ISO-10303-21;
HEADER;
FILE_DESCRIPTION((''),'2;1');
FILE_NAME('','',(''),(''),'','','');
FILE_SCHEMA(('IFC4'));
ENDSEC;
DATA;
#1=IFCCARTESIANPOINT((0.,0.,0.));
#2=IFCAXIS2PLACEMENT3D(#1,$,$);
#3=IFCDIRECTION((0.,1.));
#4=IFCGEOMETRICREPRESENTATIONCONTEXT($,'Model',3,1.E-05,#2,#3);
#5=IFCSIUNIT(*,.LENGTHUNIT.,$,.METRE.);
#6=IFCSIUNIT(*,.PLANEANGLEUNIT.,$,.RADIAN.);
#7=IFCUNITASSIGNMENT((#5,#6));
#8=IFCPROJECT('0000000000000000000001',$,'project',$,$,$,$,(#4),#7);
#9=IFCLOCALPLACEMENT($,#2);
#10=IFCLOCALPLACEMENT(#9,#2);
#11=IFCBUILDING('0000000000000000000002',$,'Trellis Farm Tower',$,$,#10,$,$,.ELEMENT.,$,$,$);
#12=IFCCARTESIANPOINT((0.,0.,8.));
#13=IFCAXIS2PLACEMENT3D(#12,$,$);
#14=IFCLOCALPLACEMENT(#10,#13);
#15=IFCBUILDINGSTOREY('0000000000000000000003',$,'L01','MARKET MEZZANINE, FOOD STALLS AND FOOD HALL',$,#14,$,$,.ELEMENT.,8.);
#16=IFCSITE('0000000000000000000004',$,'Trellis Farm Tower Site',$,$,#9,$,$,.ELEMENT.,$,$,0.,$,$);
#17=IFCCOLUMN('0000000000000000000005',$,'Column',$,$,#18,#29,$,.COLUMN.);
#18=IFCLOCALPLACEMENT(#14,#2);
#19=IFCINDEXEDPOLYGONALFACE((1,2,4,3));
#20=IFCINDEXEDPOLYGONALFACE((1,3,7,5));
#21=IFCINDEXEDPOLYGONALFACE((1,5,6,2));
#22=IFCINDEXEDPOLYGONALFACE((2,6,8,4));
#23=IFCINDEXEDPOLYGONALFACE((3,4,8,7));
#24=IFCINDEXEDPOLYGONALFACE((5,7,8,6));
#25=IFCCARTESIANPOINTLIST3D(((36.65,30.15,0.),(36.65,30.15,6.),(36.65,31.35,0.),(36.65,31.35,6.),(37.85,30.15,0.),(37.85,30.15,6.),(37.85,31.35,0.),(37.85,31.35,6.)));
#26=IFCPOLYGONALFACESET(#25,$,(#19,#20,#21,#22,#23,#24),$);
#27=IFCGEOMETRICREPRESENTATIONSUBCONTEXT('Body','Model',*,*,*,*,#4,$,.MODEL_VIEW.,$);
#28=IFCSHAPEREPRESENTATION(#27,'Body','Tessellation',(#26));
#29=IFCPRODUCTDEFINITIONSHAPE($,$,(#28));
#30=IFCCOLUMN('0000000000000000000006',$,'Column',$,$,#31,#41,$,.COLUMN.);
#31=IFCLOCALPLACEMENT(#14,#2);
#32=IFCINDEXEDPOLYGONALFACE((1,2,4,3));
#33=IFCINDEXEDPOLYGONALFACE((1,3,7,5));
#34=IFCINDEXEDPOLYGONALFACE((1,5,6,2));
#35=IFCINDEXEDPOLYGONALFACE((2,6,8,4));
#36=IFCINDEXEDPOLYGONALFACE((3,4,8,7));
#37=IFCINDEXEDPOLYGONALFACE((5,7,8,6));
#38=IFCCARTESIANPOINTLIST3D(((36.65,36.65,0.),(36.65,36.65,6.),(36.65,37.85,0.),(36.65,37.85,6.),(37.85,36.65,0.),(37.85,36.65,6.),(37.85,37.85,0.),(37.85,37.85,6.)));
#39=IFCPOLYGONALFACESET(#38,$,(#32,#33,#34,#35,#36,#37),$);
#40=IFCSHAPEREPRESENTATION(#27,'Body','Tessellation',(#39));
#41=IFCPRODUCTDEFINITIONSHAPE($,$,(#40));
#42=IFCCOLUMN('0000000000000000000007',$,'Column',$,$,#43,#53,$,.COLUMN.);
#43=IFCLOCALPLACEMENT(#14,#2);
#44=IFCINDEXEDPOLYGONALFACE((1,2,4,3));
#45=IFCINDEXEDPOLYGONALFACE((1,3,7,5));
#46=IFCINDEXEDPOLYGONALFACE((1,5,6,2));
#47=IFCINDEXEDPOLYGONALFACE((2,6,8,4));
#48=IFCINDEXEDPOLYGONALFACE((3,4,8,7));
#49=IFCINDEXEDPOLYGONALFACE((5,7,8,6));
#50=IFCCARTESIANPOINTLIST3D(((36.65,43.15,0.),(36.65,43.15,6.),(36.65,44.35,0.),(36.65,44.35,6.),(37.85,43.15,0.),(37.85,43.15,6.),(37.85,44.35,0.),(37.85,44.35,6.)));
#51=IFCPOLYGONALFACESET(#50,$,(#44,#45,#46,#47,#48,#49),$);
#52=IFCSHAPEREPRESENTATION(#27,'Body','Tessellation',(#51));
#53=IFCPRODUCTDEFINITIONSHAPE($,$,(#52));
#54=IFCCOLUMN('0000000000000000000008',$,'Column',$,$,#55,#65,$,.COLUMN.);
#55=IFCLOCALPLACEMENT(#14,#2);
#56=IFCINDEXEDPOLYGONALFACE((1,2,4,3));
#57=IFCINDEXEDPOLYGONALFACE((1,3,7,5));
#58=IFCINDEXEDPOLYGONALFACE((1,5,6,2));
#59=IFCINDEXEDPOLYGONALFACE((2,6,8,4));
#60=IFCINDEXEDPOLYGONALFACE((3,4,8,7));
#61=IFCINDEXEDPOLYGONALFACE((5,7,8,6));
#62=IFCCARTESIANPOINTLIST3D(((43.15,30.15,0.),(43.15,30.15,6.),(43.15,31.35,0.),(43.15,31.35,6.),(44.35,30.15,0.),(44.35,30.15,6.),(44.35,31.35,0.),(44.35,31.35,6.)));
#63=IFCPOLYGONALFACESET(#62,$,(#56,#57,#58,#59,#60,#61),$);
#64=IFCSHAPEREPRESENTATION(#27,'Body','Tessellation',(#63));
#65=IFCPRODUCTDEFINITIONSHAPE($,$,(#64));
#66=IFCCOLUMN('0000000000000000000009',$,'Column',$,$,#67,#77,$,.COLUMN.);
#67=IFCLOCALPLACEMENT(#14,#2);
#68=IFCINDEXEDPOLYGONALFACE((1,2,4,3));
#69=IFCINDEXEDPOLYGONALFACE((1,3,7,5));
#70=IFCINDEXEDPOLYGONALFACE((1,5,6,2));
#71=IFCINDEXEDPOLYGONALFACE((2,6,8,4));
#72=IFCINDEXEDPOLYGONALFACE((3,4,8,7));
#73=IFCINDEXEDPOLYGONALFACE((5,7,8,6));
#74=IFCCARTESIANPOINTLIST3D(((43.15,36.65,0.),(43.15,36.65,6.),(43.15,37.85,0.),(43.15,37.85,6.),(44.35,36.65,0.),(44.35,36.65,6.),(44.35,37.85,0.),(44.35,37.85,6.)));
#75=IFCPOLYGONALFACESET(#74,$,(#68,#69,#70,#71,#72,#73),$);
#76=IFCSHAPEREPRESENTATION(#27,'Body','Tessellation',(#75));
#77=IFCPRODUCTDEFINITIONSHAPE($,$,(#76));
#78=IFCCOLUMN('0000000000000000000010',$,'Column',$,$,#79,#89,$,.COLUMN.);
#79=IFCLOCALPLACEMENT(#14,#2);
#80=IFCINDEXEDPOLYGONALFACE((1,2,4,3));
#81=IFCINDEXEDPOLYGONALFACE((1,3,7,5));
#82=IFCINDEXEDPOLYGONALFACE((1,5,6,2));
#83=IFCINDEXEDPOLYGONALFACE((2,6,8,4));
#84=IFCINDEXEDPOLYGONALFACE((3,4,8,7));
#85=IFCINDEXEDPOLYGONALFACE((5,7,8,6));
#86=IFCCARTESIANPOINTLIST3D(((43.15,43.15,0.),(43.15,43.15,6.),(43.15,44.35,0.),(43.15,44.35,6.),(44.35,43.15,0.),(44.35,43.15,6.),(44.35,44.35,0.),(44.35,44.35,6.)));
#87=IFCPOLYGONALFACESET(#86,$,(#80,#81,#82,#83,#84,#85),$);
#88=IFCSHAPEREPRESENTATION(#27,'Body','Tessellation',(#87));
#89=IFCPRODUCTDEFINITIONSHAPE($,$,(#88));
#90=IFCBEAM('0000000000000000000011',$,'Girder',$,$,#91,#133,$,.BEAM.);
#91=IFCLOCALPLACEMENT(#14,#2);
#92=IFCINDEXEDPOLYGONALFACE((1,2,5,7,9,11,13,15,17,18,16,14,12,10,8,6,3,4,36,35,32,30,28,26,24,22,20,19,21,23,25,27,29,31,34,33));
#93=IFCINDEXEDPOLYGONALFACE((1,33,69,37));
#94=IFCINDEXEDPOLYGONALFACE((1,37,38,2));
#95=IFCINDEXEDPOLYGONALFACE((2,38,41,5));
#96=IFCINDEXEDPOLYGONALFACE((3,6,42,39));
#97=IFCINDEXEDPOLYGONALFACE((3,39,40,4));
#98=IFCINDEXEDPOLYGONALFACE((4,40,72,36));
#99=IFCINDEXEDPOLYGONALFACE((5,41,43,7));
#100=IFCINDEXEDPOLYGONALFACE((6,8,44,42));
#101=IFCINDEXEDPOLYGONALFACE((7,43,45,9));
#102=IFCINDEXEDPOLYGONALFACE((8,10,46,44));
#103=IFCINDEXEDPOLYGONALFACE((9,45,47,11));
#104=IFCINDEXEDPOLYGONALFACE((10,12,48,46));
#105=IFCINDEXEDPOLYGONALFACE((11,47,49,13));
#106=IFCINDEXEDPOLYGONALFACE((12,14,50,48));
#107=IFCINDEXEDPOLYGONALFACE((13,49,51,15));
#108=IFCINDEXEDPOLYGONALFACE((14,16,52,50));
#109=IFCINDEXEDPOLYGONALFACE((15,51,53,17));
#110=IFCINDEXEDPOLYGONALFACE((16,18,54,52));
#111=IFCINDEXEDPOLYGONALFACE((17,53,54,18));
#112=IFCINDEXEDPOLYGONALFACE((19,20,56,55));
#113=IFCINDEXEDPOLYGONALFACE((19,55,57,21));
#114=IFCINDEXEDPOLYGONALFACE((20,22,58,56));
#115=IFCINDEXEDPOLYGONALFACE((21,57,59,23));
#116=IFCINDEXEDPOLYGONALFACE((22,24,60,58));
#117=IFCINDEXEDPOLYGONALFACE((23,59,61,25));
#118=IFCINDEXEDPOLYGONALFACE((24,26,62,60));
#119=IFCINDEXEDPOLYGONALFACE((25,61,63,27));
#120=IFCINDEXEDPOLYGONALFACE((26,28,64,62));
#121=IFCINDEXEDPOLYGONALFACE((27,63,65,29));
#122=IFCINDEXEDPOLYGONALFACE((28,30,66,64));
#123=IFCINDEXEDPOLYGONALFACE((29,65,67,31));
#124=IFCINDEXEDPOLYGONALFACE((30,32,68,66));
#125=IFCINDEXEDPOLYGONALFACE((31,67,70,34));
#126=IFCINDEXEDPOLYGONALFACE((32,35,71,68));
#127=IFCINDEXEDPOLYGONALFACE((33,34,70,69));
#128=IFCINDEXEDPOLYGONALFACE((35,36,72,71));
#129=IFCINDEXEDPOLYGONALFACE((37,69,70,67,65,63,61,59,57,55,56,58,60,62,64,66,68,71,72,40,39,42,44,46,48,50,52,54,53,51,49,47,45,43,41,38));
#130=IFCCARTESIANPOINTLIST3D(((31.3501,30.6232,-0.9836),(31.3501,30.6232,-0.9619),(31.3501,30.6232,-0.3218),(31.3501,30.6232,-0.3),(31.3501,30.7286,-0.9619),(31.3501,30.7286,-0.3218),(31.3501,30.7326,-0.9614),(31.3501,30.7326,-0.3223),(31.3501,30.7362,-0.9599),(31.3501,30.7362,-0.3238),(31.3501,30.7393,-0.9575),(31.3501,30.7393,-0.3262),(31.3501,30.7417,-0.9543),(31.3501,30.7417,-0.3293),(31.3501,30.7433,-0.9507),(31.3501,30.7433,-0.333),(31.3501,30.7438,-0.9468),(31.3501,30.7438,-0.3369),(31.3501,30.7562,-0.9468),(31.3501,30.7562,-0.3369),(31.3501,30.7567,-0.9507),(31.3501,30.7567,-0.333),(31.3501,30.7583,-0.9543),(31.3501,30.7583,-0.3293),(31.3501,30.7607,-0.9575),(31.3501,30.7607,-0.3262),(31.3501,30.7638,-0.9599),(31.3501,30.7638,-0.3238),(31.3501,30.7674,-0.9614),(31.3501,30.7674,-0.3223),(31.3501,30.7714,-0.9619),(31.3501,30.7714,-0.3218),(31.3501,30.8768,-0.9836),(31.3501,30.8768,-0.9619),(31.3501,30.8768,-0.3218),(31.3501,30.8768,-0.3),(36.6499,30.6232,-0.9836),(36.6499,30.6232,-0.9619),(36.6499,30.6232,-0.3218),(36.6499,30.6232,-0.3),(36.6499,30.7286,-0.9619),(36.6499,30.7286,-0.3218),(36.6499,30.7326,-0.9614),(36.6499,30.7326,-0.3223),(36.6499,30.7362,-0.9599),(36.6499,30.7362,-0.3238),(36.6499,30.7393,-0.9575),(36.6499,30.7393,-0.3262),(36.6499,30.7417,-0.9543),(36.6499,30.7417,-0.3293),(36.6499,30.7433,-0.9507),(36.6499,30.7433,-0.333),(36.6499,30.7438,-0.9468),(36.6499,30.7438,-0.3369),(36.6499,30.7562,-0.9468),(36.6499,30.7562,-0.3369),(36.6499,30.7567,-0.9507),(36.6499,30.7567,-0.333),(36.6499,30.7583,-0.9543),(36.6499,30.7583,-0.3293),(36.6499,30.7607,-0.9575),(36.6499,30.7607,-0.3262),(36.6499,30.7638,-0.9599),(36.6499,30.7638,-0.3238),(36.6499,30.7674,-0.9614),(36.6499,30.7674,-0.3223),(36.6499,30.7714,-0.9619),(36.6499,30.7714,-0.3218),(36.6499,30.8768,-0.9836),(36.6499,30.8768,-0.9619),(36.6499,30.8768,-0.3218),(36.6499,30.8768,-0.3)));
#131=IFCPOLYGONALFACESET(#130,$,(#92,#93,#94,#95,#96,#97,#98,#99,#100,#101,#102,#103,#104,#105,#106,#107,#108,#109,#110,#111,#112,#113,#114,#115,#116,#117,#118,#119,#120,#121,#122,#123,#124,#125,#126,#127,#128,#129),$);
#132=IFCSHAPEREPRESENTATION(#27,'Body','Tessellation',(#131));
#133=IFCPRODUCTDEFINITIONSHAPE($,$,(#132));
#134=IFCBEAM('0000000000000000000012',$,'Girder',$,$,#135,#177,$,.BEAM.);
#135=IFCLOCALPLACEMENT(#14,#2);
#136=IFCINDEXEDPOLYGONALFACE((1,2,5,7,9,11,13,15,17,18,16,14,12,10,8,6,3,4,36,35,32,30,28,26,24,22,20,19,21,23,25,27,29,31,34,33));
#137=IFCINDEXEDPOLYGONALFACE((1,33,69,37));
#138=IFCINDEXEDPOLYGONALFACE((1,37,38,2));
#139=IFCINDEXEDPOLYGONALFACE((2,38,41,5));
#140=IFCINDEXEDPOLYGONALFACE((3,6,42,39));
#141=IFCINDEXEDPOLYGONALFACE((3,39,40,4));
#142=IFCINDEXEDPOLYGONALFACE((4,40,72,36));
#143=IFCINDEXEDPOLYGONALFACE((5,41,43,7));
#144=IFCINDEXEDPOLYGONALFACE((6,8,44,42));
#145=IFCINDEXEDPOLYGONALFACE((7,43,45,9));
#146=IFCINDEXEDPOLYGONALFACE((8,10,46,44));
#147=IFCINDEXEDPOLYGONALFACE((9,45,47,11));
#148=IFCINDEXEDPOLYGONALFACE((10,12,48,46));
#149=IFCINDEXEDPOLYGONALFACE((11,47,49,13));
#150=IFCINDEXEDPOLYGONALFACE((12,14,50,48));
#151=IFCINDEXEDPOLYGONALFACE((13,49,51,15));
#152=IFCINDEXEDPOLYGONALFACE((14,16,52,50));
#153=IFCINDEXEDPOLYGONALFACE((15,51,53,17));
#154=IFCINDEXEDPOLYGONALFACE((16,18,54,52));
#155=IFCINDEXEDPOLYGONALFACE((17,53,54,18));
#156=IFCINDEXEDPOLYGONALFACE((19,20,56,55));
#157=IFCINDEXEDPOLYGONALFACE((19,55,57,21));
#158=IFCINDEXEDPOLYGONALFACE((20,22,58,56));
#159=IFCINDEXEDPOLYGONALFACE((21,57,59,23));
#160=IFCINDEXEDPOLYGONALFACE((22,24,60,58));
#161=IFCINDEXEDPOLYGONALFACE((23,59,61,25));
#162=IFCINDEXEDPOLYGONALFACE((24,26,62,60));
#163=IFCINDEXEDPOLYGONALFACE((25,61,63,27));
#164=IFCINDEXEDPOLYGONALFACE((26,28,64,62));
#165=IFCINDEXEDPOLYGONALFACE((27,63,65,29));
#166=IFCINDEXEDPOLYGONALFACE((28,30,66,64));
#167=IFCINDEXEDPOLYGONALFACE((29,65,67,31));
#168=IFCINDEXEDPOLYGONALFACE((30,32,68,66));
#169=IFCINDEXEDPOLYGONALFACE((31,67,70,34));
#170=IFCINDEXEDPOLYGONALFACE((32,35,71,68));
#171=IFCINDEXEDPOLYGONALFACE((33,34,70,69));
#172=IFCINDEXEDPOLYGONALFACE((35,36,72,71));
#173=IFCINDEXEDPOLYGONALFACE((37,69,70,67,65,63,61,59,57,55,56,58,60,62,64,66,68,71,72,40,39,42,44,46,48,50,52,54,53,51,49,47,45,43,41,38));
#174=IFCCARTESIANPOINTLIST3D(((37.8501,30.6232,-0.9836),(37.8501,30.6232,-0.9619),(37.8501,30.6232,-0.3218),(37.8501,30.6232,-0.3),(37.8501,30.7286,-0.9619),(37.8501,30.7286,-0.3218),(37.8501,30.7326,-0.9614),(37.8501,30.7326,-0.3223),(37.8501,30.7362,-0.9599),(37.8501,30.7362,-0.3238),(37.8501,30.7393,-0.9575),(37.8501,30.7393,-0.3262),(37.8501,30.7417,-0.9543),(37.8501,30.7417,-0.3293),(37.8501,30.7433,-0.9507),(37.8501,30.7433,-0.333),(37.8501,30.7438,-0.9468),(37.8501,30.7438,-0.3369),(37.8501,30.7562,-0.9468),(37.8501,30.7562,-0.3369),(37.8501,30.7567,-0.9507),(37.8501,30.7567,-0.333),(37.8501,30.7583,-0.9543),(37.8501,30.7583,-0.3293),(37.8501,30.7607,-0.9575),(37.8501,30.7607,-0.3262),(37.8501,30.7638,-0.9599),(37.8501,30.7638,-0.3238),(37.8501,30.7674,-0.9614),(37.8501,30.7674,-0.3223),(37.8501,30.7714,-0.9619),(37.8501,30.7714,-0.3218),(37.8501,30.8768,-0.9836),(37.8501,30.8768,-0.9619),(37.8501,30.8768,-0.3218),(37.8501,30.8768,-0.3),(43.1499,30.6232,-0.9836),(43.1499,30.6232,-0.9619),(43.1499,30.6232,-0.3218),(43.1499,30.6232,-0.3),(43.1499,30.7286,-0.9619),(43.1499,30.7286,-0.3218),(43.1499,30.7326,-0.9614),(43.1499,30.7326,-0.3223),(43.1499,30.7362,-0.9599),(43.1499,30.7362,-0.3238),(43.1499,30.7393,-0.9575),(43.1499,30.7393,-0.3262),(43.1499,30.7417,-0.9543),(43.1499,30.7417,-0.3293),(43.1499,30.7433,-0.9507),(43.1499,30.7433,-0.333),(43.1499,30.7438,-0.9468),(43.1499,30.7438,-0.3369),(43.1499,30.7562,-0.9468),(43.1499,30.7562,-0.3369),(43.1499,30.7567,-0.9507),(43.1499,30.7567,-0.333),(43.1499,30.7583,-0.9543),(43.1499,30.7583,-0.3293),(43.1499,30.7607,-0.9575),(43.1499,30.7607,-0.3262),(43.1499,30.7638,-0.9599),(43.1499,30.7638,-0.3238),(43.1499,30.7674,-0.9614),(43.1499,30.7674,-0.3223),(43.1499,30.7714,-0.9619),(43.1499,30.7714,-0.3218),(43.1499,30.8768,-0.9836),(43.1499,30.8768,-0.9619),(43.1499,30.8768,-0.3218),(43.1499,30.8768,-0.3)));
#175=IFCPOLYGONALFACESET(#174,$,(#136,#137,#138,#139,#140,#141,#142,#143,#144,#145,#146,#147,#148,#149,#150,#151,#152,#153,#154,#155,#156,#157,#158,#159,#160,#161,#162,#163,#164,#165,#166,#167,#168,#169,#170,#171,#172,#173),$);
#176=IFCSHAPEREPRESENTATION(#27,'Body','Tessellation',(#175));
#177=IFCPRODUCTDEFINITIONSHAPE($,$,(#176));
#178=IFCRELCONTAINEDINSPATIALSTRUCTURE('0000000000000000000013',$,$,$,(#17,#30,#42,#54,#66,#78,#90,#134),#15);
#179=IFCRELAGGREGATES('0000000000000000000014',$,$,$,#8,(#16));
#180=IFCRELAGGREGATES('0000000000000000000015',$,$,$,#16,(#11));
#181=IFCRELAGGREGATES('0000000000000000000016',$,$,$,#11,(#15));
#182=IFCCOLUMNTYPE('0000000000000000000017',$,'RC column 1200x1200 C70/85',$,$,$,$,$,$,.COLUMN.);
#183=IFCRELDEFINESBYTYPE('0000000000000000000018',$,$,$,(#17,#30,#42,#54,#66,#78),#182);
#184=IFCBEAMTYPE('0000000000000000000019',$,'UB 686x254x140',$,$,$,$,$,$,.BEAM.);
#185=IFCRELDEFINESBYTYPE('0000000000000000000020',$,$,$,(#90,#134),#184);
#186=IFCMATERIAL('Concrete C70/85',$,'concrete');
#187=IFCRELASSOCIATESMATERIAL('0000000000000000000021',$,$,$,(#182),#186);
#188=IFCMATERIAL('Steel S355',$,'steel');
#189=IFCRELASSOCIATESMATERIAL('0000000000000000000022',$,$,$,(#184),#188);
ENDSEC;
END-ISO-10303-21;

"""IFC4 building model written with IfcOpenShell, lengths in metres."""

from ifc_helpers import new_model, si_unit, direction, frame, origin, origin_2d, place, context, subcontext, project, spatial, rectangle, i_section, extrude, source, transform, mapped, material, material_profile, profile_set, type_object, element, save


model = new_model("IFC4")

# Units and contexts
model_context = context("Model", 3, precision=1e-05, world=origin(), true_north=direction((0.0, 1.0)))
body_context = subcontext(model_context, "Body", "Model", "MODEL_VIEW")
ifc_project = project(units=[si_unit("LENGTHUNIT", "METRE"), si_unit("PLANEANGLEUNIT", "RADIAN")], contexts=[model_context])

# Site, building, storey
site_placement = place(None, origin())
site = spatial("IfcSite", under=ifc_project, at=site_placement, Name="Trellis Farm Tower Site", CompositionType="ELEMENT", RefElevation=0.0)
building_placement = place(site_placement, origin())
building = spatial("IfcBuilding", under=site, at=building_placement, Name="Trellis Farm Tower", CompositionType="ELEMENT")
storey_placement = place(building_placement, frame((0.0, 0.0, 8.0)))
storey = spatial("IfcBuildingStorey", under=building, at=storey_placement, Name="L01", Description="MARKET MEZZANINE, FOOD STALLS AND FOOD HALL", CompositionType="ELEMENT", Elevation=8.0)

# Columns
ifc_material_1 = material(Name="Concrete C70/85", Category="concrete")
ifc_material_profile_1 = material_profile(ifc_material_1, rectangle(XDim=1.2, YDim=1.2, at=origin_2d()), Name="RC column 1200x1200 C70/85")
ifc_profile_set_1 = profile_set([ifc_material_profile_1], Name="Concrete C70/85")
column_type = type_object("IfcColumnType", Name="RC column 1200x1200 C70/85", PredefinedType="COLUMN", material=ifc_profile_set_1)
shared_shape_1 = source(origin(), body_context, "Body", "SweptSolid", [
    extrude(rectangle(XDim=1.2, YDim=1.2, at=origin_2d()), origin(), (0.0, 0.0, 1.0), 6.0),
])
for number, where, z_axis, x_axis, name in (
    (1, (37.25, 30.75, 0.0), (0.0, 0.0, 1.0), (1.0, 0.0, 0.0), "Column"),
    (2, (37.25, 37.25, 0.0), (0.0, 0.0, 1.0), (1.0, 0.0, 0.0), "Column"),
    (3, (37.25, 43.75, 0.0), (0.0, 0.0, 1.0), (1.0, 0.0, 0.0), "Column"),
    (4, (43.75, 30.75, 0.0), (0.0, 0.0, 1.0), (1.0, 0.0, 0.0), "Column"),
    (5, (43.75, 37.25, 0.0), (0.0, 0.0, 1.0), (1.0, 0.0, 0.0), "Column"),
    (6, (43.75, 43.75, 0.0), (0.0, 0.0, 1.0), (1.0, 0.0, 0.0), "Column"),
):
    element("IfcColumn", number, at=place(storey_placement, frame(where, z_axis=z_axis, x_axis=x_axis)), inside=storey, type_object=column_type, Name=name, PredefinedType="COLUMN", context=body_context, shape_type="MappedRepresentation", body=[
        mapped(shared_shape_1, transform((0.0, 0.0, 0.0))),
    ])

# Beams
ifc_material_2 = material(Name="Steel S355", Category="steel")
ifc_material_profile_2 = material_profile(ifc_material_2, i_section(OverallWidth=0.2537, OverallDepth=0.6836, WebThickness=0.0125, FlangeThickness=0.0217, FilletRadius=0.0151, at=origin_2d()), Name="UB 686x254x140")
ifc_profile_set_2 = profile_set([ifc_material_profile_2], Name="Steel S355")
beam_type_1 = type_object("IfcBeamType", Name="UB 686x254x140", PredefinedType="BEAM", material=ifc_profile_set_2)
shared_shape_2 = source(origin(), body_context, "Body", "SweptSolid", [
    extrude(i_section(OverallWidth=0.2537, OverallDepth=0.6836, WebThickness=0.0125, FlangeThickness=0.0217, FilletRadius=0.0151, at=origin_2d()), origin(), (0.0, 0.0, 1.0), 5.2998),
])
for number, where, z_axis, x_axis, name in (
    (7, (31.3501, 30.75, -0.6418), (1.0, 0.0, 0.0), (0.0, 1.0, 0.0), "Girder"),
    (8, (37.8501, 30.75, -0.6418), (1.0, 0.0, 0.0), (0.0, 1.0, 0.0), "Girder"),
):
    element("IfcBeam", number, at=place(storey_placement, frame(where, z_axis=z_axis, x_axis=x_axis)), inside=storey, type_object=beam_type_1, Name=name, PredefinedType="BEAM", context=body_context, shape_type="MappedRepresentation", body=[
        mapped(shared_shape_2, transform((0.0, 0.0, 0.0))),
    ])

save(model, "model.ifc")
